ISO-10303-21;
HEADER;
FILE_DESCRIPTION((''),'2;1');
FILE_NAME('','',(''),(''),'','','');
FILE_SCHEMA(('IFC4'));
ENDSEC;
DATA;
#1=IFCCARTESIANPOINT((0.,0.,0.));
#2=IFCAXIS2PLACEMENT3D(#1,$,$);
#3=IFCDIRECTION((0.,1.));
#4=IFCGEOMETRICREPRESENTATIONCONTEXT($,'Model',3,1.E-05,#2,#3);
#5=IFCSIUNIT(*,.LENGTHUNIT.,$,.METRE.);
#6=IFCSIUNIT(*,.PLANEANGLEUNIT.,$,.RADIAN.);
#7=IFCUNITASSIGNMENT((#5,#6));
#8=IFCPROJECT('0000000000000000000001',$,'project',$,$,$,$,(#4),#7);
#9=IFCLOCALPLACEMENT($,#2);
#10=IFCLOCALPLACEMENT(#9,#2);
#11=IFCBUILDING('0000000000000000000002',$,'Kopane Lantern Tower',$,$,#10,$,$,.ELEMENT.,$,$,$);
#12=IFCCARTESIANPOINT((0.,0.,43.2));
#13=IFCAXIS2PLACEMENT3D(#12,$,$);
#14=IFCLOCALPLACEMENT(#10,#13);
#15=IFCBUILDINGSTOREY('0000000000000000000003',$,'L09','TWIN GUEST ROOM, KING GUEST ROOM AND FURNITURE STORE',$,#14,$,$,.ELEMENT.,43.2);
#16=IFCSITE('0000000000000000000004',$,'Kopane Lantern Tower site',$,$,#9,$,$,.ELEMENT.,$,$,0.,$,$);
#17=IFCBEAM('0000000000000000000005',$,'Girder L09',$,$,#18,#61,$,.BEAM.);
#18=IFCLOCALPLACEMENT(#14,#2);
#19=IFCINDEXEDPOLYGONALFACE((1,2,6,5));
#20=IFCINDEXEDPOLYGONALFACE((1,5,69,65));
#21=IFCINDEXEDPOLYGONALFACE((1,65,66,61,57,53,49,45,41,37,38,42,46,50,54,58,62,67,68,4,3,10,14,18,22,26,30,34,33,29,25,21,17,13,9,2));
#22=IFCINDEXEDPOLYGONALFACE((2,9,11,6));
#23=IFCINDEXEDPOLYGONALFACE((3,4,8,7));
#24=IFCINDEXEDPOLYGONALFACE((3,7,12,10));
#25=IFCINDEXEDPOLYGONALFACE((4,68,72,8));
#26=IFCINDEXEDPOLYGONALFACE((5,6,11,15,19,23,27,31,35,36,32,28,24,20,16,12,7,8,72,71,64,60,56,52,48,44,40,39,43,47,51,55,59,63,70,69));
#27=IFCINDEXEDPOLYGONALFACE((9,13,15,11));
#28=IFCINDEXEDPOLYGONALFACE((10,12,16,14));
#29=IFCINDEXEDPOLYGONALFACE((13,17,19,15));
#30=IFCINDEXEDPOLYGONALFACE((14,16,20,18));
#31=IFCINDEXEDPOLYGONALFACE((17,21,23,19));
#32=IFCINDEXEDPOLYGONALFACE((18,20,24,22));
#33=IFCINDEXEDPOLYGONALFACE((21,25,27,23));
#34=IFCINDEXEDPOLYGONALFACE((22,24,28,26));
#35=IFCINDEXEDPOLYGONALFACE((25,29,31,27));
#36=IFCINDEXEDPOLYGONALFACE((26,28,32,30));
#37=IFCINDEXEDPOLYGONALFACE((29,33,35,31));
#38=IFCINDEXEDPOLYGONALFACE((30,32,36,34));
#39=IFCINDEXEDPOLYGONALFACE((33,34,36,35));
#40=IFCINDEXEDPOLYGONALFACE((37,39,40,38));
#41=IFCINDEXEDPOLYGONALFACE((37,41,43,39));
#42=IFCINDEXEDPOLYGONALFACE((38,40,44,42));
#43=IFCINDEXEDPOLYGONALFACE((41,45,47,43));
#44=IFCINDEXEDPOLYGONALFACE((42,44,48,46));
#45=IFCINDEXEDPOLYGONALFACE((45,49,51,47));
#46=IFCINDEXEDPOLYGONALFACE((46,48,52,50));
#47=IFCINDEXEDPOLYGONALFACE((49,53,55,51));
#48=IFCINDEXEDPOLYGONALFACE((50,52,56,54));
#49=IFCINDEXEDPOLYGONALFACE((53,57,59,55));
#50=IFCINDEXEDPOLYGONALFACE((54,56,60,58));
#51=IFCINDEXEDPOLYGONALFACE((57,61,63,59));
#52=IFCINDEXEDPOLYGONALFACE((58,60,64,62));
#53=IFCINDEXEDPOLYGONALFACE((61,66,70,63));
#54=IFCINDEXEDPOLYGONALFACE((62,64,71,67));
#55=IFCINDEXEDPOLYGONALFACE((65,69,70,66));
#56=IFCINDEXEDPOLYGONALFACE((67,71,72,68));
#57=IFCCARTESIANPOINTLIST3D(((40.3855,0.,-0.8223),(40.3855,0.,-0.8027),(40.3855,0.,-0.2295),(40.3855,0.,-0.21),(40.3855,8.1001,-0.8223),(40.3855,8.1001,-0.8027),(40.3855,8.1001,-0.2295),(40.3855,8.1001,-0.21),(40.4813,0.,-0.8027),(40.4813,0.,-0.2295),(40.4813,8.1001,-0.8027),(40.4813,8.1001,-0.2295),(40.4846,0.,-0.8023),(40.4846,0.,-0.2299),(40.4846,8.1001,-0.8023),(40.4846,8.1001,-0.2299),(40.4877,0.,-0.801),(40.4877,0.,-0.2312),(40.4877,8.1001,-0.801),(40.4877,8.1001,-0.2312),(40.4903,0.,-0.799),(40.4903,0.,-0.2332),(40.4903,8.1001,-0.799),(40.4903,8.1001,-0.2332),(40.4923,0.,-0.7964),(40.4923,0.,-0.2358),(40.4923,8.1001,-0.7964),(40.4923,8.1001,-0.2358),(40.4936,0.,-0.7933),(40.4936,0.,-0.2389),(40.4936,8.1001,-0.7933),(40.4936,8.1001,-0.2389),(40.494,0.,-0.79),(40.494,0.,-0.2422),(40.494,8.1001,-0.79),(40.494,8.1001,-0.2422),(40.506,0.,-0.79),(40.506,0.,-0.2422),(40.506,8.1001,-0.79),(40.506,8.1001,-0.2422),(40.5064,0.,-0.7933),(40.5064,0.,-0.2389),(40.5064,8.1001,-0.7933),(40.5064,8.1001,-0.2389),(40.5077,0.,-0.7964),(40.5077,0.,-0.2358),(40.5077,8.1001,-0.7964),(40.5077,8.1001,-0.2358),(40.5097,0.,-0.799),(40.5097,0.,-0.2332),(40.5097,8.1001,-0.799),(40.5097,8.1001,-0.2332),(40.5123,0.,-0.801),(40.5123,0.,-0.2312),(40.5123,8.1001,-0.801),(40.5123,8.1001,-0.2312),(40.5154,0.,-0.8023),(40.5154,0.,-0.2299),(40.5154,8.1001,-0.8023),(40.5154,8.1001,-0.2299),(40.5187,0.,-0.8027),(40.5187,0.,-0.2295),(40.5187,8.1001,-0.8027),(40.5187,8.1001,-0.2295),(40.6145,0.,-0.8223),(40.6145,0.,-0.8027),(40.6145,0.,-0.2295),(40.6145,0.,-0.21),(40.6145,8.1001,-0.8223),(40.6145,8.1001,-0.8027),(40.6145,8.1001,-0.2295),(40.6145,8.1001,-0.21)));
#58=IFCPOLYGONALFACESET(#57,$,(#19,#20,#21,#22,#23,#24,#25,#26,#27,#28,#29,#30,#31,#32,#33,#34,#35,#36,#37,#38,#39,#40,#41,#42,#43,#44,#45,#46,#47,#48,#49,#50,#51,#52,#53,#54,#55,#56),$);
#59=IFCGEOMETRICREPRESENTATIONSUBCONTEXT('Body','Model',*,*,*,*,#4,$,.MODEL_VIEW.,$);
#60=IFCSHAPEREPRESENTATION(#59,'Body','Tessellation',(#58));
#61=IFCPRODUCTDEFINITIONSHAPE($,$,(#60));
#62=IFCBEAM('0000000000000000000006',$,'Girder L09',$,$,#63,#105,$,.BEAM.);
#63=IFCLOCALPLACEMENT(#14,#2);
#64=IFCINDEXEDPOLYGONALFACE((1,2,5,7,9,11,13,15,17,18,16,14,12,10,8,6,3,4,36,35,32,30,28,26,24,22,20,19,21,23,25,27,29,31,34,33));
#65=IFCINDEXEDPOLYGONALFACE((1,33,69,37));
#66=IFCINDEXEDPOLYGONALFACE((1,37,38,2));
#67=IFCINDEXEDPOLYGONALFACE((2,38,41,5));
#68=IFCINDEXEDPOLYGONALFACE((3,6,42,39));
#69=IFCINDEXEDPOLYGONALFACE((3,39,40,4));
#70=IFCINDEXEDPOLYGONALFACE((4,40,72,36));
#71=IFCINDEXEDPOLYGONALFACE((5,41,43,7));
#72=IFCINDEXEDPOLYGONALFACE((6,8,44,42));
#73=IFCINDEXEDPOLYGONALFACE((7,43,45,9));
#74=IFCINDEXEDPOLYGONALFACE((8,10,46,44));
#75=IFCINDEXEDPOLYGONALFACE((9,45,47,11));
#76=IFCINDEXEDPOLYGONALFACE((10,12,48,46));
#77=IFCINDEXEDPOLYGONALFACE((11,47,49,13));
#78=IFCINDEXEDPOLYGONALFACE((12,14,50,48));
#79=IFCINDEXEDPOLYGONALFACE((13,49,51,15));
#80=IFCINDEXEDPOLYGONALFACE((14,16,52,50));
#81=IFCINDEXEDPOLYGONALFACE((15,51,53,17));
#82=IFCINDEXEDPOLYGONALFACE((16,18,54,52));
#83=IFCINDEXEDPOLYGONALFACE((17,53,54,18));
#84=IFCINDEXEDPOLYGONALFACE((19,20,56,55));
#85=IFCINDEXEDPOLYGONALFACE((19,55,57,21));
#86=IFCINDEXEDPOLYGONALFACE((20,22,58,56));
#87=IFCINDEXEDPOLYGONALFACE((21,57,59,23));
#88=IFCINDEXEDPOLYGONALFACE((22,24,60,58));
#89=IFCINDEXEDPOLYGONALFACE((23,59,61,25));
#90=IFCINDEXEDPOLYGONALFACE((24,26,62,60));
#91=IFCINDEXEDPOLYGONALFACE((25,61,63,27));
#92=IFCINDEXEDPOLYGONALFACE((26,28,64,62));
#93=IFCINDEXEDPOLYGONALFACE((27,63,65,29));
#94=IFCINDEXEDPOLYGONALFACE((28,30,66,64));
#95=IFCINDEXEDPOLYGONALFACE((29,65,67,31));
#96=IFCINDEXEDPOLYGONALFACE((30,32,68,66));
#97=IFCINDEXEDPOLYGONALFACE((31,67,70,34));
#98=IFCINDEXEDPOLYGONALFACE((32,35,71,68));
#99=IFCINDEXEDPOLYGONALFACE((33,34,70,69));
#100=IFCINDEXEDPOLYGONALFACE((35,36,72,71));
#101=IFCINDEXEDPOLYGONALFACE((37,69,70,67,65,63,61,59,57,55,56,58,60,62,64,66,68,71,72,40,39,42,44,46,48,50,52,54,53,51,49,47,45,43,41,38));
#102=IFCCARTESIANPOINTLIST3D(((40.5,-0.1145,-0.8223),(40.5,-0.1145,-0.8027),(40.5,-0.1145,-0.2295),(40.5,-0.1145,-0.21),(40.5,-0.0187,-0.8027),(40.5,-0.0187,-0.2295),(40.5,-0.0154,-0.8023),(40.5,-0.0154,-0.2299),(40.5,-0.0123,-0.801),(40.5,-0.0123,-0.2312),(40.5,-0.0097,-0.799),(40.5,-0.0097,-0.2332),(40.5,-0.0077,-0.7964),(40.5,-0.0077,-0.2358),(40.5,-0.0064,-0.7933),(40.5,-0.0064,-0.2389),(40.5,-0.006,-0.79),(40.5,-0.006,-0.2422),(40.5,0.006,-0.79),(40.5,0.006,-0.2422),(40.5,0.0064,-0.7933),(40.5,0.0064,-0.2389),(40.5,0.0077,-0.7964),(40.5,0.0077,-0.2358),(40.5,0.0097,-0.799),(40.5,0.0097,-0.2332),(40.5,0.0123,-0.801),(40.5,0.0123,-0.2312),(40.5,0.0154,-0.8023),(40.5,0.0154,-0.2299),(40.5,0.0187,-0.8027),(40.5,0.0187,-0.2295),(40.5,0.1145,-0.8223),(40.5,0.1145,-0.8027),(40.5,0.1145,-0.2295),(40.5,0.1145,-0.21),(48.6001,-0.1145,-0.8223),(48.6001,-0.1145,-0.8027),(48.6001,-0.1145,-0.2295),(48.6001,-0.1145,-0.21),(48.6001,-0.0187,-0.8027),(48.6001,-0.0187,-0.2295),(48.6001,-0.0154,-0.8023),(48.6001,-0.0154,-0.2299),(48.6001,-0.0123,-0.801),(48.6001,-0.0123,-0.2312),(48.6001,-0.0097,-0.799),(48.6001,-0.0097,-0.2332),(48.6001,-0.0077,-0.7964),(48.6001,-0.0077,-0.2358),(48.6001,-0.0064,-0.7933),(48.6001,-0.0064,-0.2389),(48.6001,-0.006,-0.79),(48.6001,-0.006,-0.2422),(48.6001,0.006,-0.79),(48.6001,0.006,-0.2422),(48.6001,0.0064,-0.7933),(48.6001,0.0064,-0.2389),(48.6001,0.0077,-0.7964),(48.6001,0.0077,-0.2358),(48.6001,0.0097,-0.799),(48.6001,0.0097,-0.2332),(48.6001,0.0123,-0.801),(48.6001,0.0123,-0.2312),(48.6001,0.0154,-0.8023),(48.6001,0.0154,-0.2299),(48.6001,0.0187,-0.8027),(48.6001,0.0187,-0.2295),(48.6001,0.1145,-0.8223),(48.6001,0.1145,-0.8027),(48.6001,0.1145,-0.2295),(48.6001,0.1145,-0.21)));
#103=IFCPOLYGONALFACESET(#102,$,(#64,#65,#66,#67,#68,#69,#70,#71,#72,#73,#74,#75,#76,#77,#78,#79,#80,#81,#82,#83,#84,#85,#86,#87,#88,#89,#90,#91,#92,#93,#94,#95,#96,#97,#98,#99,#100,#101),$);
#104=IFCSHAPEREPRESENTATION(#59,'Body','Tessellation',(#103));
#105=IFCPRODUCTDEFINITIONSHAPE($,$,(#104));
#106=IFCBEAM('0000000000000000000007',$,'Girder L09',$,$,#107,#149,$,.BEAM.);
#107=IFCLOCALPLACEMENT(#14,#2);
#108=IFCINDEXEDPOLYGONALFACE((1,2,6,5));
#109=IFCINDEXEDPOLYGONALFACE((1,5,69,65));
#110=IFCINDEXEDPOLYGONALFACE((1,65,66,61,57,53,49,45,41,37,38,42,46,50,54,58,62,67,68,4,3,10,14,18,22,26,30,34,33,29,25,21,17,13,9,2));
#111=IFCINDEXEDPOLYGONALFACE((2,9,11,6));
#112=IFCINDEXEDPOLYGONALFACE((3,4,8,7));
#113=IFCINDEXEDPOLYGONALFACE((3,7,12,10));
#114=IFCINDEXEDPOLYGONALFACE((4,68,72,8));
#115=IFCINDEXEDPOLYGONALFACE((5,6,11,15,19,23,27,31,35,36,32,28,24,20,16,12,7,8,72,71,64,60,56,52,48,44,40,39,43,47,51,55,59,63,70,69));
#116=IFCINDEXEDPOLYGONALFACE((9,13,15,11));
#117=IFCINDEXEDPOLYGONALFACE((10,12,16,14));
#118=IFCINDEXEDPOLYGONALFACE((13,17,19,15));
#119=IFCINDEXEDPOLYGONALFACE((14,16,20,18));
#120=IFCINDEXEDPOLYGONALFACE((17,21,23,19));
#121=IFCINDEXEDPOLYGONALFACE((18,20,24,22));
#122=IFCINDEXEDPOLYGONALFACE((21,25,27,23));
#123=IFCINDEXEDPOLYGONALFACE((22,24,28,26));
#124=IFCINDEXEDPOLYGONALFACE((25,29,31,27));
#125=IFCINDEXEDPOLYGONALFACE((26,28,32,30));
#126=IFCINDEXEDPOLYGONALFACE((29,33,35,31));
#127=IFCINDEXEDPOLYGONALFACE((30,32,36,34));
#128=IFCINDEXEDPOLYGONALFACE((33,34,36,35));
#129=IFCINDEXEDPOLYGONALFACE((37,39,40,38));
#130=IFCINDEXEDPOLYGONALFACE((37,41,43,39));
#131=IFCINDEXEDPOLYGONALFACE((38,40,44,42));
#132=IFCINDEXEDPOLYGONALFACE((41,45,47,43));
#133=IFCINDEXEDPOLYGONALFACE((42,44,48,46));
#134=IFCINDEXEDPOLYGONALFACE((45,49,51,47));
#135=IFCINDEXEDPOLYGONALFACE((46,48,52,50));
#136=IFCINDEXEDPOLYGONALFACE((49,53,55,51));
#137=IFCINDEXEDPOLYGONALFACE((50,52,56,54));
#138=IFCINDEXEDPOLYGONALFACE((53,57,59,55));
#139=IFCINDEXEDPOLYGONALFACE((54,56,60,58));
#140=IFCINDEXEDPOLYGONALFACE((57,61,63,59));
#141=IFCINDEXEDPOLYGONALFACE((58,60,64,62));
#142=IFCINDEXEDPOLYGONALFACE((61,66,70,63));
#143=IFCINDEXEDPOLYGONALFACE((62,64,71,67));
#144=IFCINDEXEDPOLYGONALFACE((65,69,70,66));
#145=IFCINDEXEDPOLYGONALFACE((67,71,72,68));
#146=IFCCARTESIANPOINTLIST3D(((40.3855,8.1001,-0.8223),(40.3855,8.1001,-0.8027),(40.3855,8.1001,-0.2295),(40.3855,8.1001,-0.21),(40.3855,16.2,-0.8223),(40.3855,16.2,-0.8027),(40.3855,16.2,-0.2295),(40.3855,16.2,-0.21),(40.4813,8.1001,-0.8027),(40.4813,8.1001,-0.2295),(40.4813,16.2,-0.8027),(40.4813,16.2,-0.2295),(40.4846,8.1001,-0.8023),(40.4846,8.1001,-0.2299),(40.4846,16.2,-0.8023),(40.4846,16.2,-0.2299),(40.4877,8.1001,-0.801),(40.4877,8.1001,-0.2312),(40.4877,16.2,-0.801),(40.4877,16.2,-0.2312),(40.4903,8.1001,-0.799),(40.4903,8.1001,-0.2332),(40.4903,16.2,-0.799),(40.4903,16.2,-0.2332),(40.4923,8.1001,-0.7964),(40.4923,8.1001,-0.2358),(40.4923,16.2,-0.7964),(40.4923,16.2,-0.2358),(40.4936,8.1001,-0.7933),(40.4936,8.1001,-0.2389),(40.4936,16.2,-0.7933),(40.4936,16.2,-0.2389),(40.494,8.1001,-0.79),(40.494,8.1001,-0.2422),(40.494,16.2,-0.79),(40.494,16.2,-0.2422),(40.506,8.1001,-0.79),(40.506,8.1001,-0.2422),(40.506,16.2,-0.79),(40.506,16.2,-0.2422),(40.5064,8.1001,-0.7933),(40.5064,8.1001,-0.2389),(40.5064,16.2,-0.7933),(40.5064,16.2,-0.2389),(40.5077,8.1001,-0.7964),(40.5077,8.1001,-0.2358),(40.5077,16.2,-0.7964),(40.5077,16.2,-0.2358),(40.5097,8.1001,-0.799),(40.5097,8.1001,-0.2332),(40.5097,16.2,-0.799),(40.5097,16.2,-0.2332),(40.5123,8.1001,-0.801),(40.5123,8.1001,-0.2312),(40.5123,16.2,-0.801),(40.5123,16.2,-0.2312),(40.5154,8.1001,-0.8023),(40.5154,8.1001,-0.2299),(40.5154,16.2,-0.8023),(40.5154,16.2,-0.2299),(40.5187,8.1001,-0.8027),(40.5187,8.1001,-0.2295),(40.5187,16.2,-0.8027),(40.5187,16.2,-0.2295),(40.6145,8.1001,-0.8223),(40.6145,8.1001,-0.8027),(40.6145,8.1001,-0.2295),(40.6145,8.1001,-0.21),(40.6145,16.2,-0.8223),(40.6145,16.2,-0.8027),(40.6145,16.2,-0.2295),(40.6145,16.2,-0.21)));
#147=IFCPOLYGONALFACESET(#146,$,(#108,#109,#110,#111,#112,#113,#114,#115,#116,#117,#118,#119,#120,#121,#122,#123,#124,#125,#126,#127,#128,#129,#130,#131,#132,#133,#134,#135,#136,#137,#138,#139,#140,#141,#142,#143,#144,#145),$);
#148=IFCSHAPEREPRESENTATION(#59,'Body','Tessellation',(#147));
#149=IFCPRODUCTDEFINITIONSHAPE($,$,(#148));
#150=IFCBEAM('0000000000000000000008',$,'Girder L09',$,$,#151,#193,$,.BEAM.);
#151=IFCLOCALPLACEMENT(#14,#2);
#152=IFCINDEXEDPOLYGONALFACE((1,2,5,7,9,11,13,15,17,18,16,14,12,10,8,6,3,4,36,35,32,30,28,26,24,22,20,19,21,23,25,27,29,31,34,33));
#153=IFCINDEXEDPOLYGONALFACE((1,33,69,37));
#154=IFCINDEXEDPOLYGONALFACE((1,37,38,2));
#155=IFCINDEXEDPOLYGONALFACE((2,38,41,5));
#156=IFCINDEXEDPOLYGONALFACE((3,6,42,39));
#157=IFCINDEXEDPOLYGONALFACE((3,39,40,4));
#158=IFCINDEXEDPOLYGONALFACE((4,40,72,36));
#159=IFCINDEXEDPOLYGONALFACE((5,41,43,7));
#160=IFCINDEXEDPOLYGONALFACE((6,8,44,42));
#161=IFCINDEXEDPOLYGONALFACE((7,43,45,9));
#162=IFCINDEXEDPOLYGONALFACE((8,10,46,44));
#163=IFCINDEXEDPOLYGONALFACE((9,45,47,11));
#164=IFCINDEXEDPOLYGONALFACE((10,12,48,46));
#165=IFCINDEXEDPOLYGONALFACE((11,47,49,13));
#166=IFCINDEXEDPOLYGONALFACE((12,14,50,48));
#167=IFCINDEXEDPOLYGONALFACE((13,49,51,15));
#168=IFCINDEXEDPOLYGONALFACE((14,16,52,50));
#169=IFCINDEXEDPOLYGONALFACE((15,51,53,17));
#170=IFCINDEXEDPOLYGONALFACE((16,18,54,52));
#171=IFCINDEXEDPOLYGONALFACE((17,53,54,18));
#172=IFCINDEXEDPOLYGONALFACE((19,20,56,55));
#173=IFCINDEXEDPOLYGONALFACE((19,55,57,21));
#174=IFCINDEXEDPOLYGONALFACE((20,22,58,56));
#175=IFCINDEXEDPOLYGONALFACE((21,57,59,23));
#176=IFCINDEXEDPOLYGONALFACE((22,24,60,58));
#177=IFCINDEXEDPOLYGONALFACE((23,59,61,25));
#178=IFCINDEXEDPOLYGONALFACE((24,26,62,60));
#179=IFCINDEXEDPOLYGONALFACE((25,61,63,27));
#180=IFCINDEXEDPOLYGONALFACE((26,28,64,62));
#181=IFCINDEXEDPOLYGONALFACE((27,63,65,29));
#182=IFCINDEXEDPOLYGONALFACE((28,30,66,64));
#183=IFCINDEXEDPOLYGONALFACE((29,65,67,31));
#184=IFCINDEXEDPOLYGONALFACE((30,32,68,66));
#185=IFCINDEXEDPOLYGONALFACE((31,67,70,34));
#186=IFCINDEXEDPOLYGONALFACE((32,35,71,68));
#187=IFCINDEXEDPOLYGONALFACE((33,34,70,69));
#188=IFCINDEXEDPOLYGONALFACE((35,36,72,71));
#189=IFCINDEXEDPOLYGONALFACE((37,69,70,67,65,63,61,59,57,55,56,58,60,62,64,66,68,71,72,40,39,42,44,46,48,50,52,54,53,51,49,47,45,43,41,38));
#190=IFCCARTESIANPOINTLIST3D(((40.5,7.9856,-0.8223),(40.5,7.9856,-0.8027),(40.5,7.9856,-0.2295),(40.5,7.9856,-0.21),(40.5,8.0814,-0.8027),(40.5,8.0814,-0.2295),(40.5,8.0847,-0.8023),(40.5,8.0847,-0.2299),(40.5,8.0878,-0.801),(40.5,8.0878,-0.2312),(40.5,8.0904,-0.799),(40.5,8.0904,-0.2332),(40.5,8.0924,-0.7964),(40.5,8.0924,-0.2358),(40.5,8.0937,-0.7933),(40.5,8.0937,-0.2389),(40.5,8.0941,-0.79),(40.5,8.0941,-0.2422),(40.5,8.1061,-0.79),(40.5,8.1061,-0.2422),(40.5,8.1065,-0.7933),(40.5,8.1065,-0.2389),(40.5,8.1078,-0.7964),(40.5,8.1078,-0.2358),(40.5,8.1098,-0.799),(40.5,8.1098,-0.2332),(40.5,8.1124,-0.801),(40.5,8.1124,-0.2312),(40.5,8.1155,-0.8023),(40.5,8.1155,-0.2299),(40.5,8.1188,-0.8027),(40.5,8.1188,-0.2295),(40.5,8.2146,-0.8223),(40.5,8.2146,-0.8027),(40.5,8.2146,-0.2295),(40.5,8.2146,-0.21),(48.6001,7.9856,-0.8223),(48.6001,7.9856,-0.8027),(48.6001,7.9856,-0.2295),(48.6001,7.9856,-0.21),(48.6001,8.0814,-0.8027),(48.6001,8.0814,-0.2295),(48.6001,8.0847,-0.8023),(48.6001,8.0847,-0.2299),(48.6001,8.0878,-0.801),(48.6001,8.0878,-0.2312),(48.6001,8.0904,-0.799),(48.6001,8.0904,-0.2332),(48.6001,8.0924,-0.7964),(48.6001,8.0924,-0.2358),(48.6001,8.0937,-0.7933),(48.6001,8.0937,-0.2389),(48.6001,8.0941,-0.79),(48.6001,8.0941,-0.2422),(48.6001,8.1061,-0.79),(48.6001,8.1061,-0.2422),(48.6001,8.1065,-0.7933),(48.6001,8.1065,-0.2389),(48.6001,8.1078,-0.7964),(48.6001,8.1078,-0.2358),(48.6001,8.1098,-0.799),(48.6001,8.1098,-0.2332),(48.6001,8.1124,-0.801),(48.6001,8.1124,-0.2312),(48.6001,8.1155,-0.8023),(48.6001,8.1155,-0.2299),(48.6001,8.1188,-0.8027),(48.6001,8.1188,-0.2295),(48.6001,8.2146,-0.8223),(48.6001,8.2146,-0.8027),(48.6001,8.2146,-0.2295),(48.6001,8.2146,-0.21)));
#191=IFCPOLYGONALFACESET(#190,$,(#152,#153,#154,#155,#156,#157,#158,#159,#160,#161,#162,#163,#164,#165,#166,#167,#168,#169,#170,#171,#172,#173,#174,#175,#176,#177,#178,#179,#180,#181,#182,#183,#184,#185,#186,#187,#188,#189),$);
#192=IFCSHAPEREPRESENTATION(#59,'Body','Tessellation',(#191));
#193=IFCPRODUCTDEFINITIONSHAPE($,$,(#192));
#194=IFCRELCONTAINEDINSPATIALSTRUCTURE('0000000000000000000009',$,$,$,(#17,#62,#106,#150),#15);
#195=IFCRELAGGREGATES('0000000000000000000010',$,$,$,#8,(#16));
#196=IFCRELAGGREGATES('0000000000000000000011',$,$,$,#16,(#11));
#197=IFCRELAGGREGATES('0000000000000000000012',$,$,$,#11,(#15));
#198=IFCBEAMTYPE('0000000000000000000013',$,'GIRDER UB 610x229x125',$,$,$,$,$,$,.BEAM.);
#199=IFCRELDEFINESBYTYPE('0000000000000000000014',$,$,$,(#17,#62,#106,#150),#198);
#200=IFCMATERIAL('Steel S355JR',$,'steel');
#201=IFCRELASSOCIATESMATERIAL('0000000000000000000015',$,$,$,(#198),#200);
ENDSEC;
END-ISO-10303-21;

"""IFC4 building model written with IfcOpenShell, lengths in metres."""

from ifc_helpers import new_model, si_unit, direction, frame, origin, origin_2d, place, context, subcontext, project, spatial, i_section, extrude, material, material_profile, profile_set, type_object, element, save


model = new_model("IFC4")

# Units and contexts
model_context = context("Model", 3, precision=1e-05, world=origin(), true_north=direction((0.0, 1.0)))
body_context = subcontext(model_context, "Body", "Model", "MODEL_VIEW")
ifc_project = project(units=[si_unit("LENGTHUNIT", "METRE"), si_unit("PLANEANGLEUNIT", "RADIAN")], contexts=[model_context])

# Site, building, storey
site_placement = place(None, origin())
site = spatial("IfcSite", under=ifc_project, at=site_placement, Name="Kopane Lantern Tower site", CompositionType="ELEMENT", RefElevation=0.0)
building_placement = place(site_placement, origin())
building = spatial("IfcBuilding", under=site, at=building_placement, Name="Kopane Lantern Tower", CompositionType="ELEMENT")
storey_placement = place(building_placement, frame((0.0, 0.0, 43.2)))
storey = spatial("IfcBuildingStorey", under=building, at=storey_placement, Name="L09", Description="TWIN GUEST ROOM, KING GUEST ROOM AND FURNITURE STORE", CompositionType="ELEMENT", Elevation=43.2)

# Beams
ifc_material_1 = material(Name="Steel S355JR", Category="steel")
ifc_material_profile_1 = material_profile(ifc_material_1, i_section(OverallWidth=0.229, OverallDepth=0.6123, WebThickness=0.012, FlangeThickness=0.0195, FilletRadius=0.0127, at=origin_2d()), Name="UB 610x229x125")
ifc_profile_set_1 = profile_set([ifc_material_profile_1], Name="Steel S355JR")
beam_type = type_object("IfcBeamType", Name="GIRDER UB 610x229x125", PredefinedType="BEAM", material=ifc_profile_set_1)
for number, where, z_axis, x_axis, name in (
    (1, (40.5, 0.0, -0.5161), (0.0, 1.0, 0.0), (-1.0, 0.0, 0.0), "Girder L09"),
    (2, (40.5, 0.0, -0.5161), (1.0, 0.0, 0.0), (0.0, 1.0, 0.0), "Girder L09"),
):
    element("IfcBeam", number, at=place(storey_placement, frame(where, z_axis=z_axis, x_axis=x_axis)), inside=storey, type_object=beam_type, Name=name, PredefinedType="BEAM", context=body_context, shape_type="SweptSolid", body=[
        extrude(i_section(OverallWidth=0.229, OverallDepth=0.6123, WebThickness=0.012, FlangeThickness=0.0195, FilletRadius=0.0127, at=origin_2d()), origin(), (0.0, 0.0, 1.0), 8.1001),
    ])
beam_1_placement = place(storey_placement, frame((40.5, 8.1001, -0.5161), z_axis=(0.0, 1.0, 0.0), x_axis=(-1.0, 0.0, 0.0)))
element("IfcBeam", 3, at=beam_1_placement, inside=storey, type_object=beam_type, Name="Girder L09", PredefinedType="BEAM", context=body_context, shape_type="SweptSolid", body=[
    extrude(i_section(OverallWidth=0.229, OverallDepth=0.6123, WebThickness=0.012, FlangeThickness=0.0195, FilletRadius=0.0127, at=origin_2d()), origin(), (0.0, 0.0, 1.0), 8.0999),
])
beam_2_placement = place(storey_placement, frame((40.5, 8.1001, -0.5161), z_axis=(1.0, 0.0, 0.0), x_axis=(0.0, 1.0, 0.0)))
element("IfcBeam", 4, at=beam_2_placement, inside=storey, type_object=beam_type, Name="Girder L09", PredefinedType="BEAM", context=body_context, shape_type="SweptSolid", body=[
    extrude(i_section(OverallWidth=0.229, OverallDepth=0.6123, WebThickness=0.012, FlangeThickness=0.0195, FilletRadius=0.0127, at=origin_2d()), origin(), (0.0, 0.0, 1.0), 8.1001),
])

save(model, "model.ifc")
